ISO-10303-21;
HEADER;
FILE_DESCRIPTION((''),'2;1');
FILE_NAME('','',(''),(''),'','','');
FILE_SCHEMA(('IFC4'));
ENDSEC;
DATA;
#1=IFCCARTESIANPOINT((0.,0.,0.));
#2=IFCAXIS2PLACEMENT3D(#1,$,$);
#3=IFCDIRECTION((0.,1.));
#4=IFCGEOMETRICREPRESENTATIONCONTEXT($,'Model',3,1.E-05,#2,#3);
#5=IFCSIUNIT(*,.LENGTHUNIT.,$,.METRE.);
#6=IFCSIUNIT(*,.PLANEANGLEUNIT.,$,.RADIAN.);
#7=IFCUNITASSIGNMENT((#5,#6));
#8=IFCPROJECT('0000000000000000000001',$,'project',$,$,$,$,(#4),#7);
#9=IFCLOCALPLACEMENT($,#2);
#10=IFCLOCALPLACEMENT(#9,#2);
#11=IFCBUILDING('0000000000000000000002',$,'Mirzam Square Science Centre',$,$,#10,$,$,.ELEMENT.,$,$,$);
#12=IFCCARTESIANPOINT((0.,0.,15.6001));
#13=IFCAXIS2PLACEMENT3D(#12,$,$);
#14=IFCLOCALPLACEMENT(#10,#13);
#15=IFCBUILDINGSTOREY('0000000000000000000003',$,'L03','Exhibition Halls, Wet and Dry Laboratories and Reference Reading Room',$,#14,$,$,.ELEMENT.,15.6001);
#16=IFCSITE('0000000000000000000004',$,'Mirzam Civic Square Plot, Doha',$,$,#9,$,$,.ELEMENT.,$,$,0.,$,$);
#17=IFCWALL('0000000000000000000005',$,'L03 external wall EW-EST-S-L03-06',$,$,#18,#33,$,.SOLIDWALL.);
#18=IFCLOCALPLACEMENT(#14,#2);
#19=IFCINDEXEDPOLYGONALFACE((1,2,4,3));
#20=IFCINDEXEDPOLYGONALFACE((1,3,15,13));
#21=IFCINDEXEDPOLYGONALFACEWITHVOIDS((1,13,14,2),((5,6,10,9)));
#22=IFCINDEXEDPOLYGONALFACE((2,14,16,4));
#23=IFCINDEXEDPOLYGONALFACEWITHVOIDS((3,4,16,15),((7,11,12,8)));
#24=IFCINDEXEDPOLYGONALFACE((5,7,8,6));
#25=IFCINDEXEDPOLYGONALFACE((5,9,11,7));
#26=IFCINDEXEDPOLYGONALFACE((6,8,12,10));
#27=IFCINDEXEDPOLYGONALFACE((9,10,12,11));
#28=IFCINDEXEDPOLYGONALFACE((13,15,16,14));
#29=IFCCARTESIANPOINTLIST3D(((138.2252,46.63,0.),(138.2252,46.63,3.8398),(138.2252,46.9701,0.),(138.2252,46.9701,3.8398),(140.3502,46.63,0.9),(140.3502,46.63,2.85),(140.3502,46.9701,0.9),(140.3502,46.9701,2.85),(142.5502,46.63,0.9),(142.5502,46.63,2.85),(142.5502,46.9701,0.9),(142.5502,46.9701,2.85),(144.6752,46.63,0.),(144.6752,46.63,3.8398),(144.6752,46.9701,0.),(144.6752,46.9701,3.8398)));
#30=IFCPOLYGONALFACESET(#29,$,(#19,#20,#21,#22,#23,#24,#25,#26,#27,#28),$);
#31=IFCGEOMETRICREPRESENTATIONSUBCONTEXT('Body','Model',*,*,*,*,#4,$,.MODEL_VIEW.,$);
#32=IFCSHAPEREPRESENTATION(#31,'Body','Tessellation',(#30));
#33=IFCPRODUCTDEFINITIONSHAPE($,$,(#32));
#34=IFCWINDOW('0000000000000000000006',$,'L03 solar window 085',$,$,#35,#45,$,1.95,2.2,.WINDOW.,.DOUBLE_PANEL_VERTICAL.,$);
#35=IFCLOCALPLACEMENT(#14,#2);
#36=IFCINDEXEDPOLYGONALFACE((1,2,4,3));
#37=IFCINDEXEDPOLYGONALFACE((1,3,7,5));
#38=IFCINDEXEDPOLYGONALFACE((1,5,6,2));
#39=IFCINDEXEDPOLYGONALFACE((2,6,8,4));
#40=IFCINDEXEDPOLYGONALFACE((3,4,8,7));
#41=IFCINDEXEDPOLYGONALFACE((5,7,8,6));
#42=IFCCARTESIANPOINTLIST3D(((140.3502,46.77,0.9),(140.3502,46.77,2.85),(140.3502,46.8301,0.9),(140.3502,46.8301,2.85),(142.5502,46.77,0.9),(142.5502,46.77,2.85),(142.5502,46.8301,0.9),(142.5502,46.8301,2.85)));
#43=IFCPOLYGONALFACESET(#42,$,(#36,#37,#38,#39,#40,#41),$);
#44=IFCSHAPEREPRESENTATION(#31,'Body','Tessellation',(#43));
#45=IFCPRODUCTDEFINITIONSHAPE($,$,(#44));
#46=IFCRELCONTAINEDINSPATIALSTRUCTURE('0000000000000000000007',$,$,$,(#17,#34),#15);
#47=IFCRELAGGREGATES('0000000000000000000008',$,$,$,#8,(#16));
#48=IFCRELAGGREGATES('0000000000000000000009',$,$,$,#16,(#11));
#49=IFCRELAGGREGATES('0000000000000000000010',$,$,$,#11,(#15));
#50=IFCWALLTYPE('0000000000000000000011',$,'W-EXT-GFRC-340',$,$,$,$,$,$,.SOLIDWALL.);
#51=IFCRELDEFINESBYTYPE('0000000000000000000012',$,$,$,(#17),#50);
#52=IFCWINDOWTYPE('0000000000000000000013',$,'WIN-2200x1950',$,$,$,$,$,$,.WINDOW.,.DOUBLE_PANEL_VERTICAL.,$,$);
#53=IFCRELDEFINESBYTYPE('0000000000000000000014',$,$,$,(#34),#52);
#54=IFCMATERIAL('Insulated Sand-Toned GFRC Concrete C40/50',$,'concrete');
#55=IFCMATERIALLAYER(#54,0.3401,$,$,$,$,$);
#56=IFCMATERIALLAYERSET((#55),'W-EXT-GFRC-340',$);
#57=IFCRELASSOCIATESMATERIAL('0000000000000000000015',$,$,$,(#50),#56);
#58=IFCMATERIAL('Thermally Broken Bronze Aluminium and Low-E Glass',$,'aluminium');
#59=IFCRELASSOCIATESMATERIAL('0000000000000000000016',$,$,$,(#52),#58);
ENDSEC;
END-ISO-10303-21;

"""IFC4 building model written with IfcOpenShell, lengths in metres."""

from ifc_helpers import new_model, si_unit, direction, frame, frame_2d, origin, place, context, subcontext, project, spatial, rectangle, extrude, material, layer, layer_set, type_object, element, fill, save


model = new_model("IFC4")

# Units and contexts
model_context = context("Model", 3, precision=1e-05, world=origin(), true_north=direction((0.0, 1.0)))
body_context = subcontext(model_context, "Body", "Model", "MODEL_VIEW")
ifc_project = project(units=[si_unit("LENGTHUNIT", "METRE"), si_unit("PLANEANGLEUNIT", "RADIAN")], contexts=[model_context])

# Site, building, storey
site_placement = place(None, origin())
site = spatial("IfcSite", under=ifc_project, at=site_placement, Name="Mirzam Civic Square Plot, Doha", CompositionType="ELEMENT", RefElevation=0.0)
building_placement = place(site_placement, origin())
building = spatial("IfcBuilding", under=site, at=building_placement, Name="Mirzam Square Science Centre", CompositionType="ELEMENT")
storey_placement = place(building_placement, frame((0.0, 0.0, 15.6001)))
storey = spatial("IfcBuildingStorey", under=building, at=storey_placement, Name="L03", Description="Exhibition Halls, Wet and Dry Laboratories and Reference Reading Room", CompositionType="ELEMENT", Elevation=15.6001)

# Wall, opening, window
ifc_material_1 = material(Name="Insulated Sand-Toned GFRC Concrete C40/50", Category="concrete")
ifc_layer_1 = layer(ifc_material_1, 0.3401)
ifc_layer_set_1 = layer_set([ifc_layer_1], Name="W-EXT-GFRC-340")
wall_type = type_object("IfcWallType", Name="W-EXT-GFRC-340", PredefinedType="SOLIDWALL", material=ifc_layer_set_1)
wall_placement = place(storey_placement, frame((138.2251, 46.8, 0.0), z_axis=(0.0, 0.0, 1.0), x_axis=(1.0, 0.0, 0.0)))
wall = element("IfcWall", 1, at=wall_placement, inside=storey, type_object=wall_type, Name="L03 external wall EW-EST-S-L03-06", PredefinedType="SOLIDWALL", context=body_context, shape_type="SweptSolid", body=[
    extrude(rectangle(XDim=6.45, YDim=0.3401, at=frame_2d((3.2251, 0.0))), origin(), (0.0, 0.0, 1.0), 3.8398),
])
opening_placement = place(wall_placement, frame((2.125, 0.0, 0.8999)))
opening = element("IfcOpeningElement", 2, at=opening_placement, cuts=wall, PredefinedType="OPENING", context=body_context, shape_type="SweptSolid", body=[
    extrude(rectangle(XDim=2.2, YDim=1.95, at=frame_2d((1.1001, 0.9751))), frame((0.0, 0.1799, 0.0), z_axis=(0.0, -1.0, 0.0), x_axis=(1.0, 0.0, 0.0)), (0.0, 0.0, 1.0), 0.3601),
])
ifc_material_2 = material(Name="Thermally Broken Bronze Aluminium and Low-E Glass", Category="aluminium")
window_type = type_object("IfcWindowType", Name="WIN-2200x1950", PartitioningType="DOUBLE_PANEL_VERTICAL", PredefinedType="WINDOW", material=ifc_material_2)
window_placement = place(opening_placement, origin())
window = element("IfcWindow", 3, at=window_placement, inside=storey, type_object=window_type, Name="L03 solar window 085", OverallHeight=1.95, OverallWidth=2.2, PartitioningType="DOUBLE_PANEL_VERTICAL", PredefinedType="WINDOW", context=body_context, shape_type="SweptSolid", body=[
    extrude(rectangle(XDim=2.2, YDim=1.95, at=frame_2d((1.1001, 0.9751))), frame((0.0, 0.03, 0.0), z_axis=(0.0, -1.0, 0.0), x_axis=(1.0, 0.0, 0.0)), (0.0, 0.0, 1.0), 0.0601),
])
fill(opening, window)

save(model, "model.ifc")
